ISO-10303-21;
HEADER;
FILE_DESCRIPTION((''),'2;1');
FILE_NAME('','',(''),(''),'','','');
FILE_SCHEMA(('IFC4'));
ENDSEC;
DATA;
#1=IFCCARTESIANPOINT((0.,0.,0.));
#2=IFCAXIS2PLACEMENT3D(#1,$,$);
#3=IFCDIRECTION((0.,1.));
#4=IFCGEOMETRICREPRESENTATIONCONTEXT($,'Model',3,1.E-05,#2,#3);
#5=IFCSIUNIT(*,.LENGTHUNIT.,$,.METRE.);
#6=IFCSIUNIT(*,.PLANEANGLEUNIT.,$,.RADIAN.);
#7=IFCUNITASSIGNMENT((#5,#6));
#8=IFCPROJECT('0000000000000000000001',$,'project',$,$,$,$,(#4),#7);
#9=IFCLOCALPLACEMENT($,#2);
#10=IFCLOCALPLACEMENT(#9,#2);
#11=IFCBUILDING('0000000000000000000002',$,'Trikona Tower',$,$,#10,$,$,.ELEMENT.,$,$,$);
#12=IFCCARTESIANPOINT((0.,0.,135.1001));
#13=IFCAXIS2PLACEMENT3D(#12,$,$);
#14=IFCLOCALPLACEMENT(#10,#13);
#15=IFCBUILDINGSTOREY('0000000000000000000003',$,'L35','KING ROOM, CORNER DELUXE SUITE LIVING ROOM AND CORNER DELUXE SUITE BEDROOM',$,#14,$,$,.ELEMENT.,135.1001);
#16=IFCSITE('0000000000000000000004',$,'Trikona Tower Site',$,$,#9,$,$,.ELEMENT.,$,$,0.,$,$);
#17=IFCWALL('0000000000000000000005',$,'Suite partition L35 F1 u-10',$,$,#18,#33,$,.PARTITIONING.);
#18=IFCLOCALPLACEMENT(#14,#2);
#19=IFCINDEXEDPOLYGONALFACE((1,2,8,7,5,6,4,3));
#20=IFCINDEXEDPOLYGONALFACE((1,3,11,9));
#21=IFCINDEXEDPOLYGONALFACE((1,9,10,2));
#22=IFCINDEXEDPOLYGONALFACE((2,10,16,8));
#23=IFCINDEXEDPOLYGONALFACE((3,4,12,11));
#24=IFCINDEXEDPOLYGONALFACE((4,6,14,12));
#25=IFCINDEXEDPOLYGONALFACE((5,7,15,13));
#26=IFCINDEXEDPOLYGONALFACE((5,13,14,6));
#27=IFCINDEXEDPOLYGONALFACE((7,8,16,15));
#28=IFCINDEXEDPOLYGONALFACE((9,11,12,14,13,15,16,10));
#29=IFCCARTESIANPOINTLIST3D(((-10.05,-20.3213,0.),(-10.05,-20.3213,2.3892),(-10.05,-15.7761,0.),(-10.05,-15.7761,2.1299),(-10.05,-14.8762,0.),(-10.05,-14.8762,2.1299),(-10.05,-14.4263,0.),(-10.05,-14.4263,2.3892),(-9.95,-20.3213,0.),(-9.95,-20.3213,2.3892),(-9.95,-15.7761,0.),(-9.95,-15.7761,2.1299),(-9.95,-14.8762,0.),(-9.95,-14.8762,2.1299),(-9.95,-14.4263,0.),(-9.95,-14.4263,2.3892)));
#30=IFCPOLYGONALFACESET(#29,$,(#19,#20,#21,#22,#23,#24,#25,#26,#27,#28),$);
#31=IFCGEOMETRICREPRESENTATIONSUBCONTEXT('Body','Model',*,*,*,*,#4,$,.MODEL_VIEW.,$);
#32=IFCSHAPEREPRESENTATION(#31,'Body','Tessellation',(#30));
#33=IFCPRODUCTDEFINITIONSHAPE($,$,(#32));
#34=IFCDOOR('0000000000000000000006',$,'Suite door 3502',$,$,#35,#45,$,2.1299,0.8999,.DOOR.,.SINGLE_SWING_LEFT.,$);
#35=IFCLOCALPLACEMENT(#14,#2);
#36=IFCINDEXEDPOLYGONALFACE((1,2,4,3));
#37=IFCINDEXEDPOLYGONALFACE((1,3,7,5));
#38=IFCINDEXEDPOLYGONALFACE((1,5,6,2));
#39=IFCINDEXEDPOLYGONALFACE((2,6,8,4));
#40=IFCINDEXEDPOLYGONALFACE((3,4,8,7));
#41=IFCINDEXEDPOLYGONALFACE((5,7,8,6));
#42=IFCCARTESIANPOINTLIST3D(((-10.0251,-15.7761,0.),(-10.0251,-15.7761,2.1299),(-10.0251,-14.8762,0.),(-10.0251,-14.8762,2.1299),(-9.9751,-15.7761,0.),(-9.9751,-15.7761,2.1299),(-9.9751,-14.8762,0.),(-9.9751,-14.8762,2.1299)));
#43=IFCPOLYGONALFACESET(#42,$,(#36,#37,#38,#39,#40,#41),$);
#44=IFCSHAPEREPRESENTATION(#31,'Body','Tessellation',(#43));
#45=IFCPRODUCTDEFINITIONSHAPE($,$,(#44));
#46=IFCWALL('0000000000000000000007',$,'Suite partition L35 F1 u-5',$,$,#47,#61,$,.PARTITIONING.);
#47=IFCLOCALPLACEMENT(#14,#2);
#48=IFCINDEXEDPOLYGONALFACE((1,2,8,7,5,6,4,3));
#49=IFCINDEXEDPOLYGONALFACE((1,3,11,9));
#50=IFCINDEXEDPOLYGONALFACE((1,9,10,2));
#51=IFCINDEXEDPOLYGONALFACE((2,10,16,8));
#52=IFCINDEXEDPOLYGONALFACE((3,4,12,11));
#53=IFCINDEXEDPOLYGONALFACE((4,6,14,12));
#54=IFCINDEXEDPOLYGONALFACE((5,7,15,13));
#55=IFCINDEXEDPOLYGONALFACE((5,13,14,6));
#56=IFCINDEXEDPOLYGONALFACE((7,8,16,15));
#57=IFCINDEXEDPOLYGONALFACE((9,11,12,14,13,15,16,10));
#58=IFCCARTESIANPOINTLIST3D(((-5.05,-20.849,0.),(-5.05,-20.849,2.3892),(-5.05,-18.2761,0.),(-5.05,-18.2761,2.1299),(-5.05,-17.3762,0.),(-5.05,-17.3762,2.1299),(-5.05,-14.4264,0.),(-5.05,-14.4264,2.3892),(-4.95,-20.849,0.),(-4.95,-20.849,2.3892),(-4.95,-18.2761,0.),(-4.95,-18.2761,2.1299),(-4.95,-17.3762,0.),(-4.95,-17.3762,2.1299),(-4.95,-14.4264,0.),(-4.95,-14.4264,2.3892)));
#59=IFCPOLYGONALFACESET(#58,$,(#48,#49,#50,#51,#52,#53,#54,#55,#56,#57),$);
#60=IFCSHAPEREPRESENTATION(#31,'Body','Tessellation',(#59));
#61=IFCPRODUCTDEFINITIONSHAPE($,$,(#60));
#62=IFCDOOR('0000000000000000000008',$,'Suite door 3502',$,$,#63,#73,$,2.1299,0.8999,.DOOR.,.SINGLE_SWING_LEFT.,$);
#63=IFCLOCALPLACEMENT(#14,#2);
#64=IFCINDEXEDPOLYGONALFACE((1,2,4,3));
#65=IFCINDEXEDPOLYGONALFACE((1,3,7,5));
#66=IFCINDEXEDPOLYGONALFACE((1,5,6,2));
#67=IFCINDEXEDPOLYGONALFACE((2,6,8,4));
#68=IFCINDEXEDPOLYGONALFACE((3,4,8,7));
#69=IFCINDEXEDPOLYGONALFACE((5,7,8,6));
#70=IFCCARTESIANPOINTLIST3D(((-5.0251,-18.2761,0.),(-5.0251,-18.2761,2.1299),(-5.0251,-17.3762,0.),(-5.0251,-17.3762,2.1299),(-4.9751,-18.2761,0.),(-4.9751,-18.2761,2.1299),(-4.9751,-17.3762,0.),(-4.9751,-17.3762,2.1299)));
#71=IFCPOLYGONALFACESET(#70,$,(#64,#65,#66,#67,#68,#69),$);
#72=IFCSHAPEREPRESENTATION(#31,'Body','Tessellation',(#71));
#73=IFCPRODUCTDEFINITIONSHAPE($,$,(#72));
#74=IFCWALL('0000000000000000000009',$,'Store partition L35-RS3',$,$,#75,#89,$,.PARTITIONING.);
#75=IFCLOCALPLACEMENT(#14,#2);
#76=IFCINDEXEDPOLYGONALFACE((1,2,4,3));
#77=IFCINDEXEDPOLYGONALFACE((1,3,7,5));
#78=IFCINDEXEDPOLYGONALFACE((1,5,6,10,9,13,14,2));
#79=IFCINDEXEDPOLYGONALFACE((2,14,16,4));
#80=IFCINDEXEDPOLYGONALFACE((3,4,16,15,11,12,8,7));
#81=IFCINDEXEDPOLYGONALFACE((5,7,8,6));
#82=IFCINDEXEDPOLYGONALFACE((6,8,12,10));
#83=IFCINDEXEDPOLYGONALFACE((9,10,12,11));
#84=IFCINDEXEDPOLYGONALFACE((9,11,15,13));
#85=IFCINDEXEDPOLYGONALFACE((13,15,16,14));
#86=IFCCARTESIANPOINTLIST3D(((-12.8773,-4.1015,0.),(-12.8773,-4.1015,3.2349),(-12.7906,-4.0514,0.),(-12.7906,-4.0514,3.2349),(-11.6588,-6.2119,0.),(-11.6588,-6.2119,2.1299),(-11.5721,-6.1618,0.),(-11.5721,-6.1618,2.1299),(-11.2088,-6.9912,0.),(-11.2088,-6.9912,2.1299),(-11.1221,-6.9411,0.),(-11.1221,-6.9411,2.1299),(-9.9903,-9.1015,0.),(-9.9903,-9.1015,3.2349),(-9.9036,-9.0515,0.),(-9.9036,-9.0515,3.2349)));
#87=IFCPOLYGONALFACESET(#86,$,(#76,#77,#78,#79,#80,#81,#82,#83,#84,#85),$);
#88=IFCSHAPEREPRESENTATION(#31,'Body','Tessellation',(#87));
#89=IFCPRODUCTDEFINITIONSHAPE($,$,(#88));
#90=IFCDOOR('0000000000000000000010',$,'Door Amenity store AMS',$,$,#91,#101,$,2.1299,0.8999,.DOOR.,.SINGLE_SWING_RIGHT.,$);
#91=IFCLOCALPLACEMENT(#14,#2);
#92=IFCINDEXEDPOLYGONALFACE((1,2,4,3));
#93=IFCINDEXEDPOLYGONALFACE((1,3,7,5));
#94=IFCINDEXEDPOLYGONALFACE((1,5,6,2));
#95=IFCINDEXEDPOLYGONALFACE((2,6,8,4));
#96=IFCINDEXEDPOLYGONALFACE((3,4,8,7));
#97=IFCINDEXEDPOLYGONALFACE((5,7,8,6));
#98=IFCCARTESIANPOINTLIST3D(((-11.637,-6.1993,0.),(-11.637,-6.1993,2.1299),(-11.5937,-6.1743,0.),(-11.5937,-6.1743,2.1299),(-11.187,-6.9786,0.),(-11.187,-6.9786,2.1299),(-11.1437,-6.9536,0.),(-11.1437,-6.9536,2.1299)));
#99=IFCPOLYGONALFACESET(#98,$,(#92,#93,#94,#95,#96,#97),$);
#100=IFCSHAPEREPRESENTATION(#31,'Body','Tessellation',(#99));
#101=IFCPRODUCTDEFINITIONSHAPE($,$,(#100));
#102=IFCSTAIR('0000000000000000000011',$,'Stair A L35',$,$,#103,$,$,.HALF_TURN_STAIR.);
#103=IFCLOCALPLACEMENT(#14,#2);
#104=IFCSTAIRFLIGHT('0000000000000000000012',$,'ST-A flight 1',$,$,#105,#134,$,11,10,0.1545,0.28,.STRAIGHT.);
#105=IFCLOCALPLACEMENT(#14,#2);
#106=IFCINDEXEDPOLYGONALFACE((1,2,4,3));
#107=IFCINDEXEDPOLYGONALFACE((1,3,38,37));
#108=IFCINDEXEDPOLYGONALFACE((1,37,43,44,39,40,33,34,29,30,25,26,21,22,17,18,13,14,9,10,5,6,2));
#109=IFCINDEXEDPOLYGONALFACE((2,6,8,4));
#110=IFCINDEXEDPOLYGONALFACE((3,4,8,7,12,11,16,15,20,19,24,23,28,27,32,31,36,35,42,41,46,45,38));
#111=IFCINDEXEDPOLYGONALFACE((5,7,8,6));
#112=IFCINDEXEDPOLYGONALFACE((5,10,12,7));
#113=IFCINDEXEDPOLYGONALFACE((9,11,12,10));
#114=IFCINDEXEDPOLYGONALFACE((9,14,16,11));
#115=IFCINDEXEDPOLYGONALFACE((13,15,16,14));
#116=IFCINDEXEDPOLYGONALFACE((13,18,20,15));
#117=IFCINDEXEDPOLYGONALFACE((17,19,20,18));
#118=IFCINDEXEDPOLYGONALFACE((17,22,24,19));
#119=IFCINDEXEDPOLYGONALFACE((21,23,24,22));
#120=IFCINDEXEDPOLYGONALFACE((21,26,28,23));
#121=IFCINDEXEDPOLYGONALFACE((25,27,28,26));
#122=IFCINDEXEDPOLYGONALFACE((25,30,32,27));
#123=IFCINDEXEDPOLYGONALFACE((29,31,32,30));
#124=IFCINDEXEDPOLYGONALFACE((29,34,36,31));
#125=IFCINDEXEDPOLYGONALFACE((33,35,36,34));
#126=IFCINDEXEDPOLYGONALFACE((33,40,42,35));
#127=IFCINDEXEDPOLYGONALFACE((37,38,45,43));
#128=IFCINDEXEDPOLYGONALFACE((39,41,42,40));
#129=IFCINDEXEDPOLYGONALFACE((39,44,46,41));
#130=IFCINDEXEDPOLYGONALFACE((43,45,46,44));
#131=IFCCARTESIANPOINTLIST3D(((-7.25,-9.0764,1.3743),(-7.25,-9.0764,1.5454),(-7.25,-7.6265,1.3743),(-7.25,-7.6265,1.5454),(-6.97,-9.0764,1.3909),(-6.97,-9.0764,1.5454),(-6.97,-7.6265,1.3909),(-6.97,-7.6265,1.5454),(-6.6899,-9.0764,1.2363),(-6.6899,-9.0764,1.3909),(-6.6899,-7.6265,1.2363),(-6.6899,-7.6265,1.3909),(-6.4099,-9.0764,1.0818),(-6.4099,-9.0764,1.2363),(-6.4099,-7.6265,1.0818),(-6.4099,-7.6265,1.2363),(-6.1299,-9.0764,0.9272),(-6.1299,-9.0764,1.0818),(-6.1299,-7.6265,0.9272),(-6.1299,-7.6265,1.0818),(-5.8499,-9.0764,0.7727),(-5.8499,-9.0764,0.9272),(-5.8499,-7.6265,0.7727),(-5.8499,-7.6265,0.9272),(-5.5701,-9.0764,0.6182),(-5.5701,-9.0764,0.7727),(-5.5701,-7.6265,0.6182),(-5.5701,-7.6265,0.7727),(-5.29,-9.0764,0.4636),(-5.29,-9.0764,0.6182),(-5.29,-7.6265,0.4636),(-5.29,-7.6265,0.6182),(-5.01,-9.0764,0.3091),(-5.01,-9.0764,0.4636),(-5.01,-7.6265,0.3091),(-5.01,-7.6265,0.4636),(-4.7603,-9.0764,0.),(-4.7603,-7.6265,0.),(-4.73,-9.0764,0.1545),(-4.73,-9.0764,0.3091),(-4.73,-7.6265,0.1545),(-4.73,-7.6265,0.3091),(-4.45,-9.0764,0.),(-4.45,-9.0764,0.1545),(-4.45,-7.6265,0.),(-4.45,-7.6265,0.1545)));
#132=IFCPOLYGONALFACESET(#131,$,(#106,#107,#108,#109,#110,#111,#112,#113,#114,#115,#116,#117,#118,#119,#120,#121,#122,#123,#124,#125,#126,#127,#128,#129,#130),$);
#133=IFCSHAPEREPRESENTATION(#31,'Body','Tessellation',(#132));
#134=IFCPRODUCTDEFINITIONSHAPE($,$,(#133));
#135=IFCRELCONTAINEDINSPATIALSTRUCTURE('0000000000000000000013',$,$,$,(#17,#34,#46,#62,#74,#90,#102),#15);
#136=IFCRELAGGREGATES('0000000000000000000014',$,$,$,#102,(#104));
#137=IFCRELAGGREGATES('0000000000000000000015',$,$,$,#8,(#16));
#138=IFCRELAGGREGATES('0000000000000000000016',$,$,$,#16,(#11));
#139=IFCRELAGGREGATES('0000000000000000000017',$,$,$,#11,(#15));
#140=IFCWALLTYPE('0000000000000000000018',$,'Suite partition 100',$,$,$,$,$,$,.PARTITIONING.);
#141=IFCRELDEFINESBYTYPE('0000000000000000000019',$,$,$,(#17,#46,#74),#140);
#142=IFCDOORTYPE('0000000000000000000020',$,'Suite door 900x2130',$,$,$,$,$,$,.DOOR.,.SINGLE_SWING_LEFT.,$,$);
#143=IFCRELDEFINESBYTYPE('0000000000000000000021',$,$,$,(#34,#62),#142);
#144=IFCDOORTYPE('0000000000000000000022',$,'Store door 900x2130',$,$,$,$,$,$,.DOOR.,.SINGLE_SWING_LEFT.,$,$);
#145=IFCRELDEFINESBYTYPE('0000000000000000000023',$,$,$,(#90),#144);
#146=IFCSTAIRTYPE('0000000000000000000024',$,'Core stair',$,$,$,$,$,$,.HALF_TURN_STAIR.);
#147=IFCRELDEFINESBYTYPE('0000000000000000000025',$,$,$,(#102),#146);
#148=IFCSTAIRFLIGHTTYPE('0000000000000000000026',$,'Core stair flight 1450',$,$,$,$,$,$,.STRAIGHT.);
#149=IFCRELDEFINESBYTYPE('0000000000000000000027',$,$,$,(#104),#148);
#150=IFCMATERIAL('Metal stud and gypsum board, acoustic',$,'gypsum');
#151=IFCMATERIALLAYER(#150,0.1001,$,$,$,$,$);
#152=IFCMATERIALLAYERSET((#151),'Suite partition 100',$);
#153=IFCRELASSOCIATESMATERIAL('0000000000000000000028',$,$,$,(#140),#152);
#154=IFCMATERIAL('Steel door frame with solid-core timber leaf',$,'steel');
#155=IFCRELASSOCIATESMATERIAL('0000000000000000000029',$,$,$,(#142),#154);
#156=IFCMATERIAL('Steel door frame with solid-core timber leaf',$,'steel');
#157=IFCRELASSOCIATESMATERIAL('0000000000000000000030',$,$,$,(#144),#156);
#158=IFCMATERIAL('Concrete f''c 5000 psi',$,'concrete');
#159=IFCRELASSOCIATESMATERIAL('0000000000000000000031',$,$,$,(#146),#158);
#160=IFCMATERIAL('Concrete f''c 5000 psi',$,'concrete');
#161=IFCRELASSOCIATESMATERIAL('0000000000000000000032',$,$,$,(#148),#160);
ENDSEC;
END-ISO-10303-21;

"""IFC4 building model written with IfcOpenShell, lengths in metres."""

from ifc_helpers import new_model, si_unit, direction, frame, frame_2d, origin, place, context, subcontext, project, spatial, polyline, rectangle, outline, extrude, material, layer, layer_set, type_object, element, fill, aggregate, save


model = new_model("IFC4")

# Units and contexts
model_context = context("Model", 3, precision=1e-05, world=origin(), true_north=direction((0.0, 1.0)))
body_context = subcontext(model_context, "Body", "Model", "MODEL_VIEW")
ifc_project = project(units=[si_unit("LENGTHUNIT", "METRE"), si_unit("PLANEANGLEUNIT", "RADIAN")], contexts=[model_context])

# Site, building, storey
site_placement = place(None, origin())
site = spatial("IfcSite", under=ifc_project, at=site_placement, Name="Trikona Tower Site", CompositionType="ELEMENT", RefElevation=0.0)
building_placement = place(site_placement, origin())
building = spatial("IfcBuilding", under=site, at=building_placement, Name="Trikona Tower", CompositionType="ELEMENT")
storey_placement = place(building_placement, frame((0.0, 0.0, 135.1001)))
storey = spatial("IfcBuildingStorey", under=building, at=storey_placement, Name="L35", Description="KING ROOM, CORNER DELUXE SUITE LIVING ROOM AND CORNER DELUXE SUITE BEDROOM", CompositionType="ELEMENT", Elevation=135.1001)

# Walls, openings, doors
ifc_material_1 = material(Name="Metal stud and gypsum board, acoustic", Category="gypsum")
ifc_layer_1 = layer(ifc_material_1, 0.1001)
ifc_layer_set_1 = layer_set([ifc_layer_1], Name="Suite partition 100")
wall_type_1 = type_object("IfcWallType", Name="Suite partition 100", PredefinedType="PARTITIONING", material=ifc_layer_set_1)
wall_1_placement = place(storey_placement, frame((-10.0, -14.4263, 0.0), z_axis=(0.0, 0.0, 1.0), x_axis=(0.0, -1.0, 0.0)))
wall_1 = element("IfcWall", 1, at=wall_1_placement, inside=storey, type_object=wall_type_1, Name="Suite partition L35 F1 u-10", PredefinedType="PARTITIONING", context=body_context, shape_type="SweptSolid", body=[
    extrude(rectangle(XDim=5.895, YDim=0.1001, at=frame_2d((2.9475, 0.0))), origin(), (0.0, 0.0, 1.0), 2.3892),
])
opening_1_placement = place(wall_1_placement, frame((0.45, 0.0, 0.0)))
opening_1 = element("IfcOpeningElement", 2, at=opening_1_placement, cuts=wall_1, PredefinedType="OPENING", context=body_context, shape_type="SweptSolid", body=[
    extrude(rectangle(XDim=0.8999, YDim=2.1299, at=frame_2d((0.45, 1.0649))), frame((0.0, 0.0601, 0.0), z_axis=(0.0, -1.0, 0.0), x_axis=(1.0, 0.0, 0.0)), (0.0, 0.0, 1.0), 0.1201),
])
ifc_material_2 = material(Name="Steel door frame with solid-core timber leaf", Category="steel")
door_type_1 = type_object("IfcDoorType", Name="Suite door 900x2130", OperationType="SINGLE_SWING_LEFT", PredefinedType="DOOR", material=ifc_material_2)
door_1_placement = place(opening_1_placement, origin())
door_1 = element("IfcDoor", 3, at=door_1_placement, inside=storey, type_object=door_type_1, Name="Suite door 3502", OperationType="SINGLE_SWING_LEFT", OverallHeight=2.1299, OverallWidth=0.8999, PredefinedType="DOOR", context=body_context, shape_type="SweptSolid", body=[
    extrude(rectangle(XDim=0.8999, YDim=2.1299, at=frame_2d((0.45, 1.0649))), frame((0.0, 0.0249, 0.0), z_axis=(0.0, -1.0, 0.0), x_axis=(1.0, 0.0, 0.0)), (0.0, 0.0, 1.0), 0.05),
])
fill(opening_1, door_1)
wall_2_placement = place(storey_placement, frame((-5.0, -14.4263, 0.0), z_axis=(0.0, 0.0, 1.0), x_axis=(0.0, -1.0, 0.0)))
wall_2 = element("IfcWall", 4, at=wall_2_placement, inside=storey, type_object=wall_type_1, Name="Suite partition L35 F1 u-5", PredefinedType="PARTITIONING", context=body_context, shape_type="SweptSolid", body=[
    extrude(rectangle(XDim=6.4226, YDim=0.1001, at=frame_2d((3.2114, 0.0))), origin(), (0.0, 0.0, 1.0), 2.3892),
])
opening_2_placement = place(wall_2_placement, frame((2.95, 0.0, 0.0)))
opening_2 = element("IfcOpeningElement", 5, at=opening_2_placement, cuts=wall_2, PredefinedType="OPENING", context=body_context, shape_type="SweptSolid", body=[
    extrude(rectangle(XDim=0.8999, YDim=2.1299, at=frame_2d((0.45, 1.0649))), frame((0.0, 0.0601, 0.0), z_axis=(0.0, -1.0, 0.0), x_axis=(1.0, 0.0, 0.0)), (0.0, 0.0, 1.0), 0.1201),
])
door_2_placement = place(opening_2_placement, origin())
door_2 = element("IfcDoor", 6, at=door_2_placement, inside=storey, type_object=door_type_1, Name="Suite door 3502", OperationType="SINGLE_SWING_LEFT", OverallHeight=2.1299, OverallWidth=0.8999, PredefinedType="DOOR", context=body_context, shape_type="SweptSolid", body=[
    extrude(rectangle(XDim=0.8999, YDim=2.1299, at=frame_2d((0.45, 1.0649))), frame((0.0, 0.0249, 0.0), z_axis=(0.0, -1.0, 0.0), x_axis=(1.0, 0.0, 0.0)), (0.0, 0.0, 1.0), 0.05),
])
fill(opening_2, door_2)
wall_3_placement = place(storey_placement, frame((-9.947, -9.0764, 0.0), z_axis=(0.0, 0.0, 1.0), x_axis=(-0.500027, 0.86601, 0.0)))
wall_3 = element("IfcWall", 7, at=wall_3_placement, inside=storey, type_object=wall_type_1, Name="Store partition L35-RS3", PredefinedType="PARTITIONING", context=body_context, shape_type="SweptSolid", body=[
    extrude(rectangle(XDim=5.7737, YDim=0.1001, at=frame_2d((2.8867, 0.0))), origin(), (0.0, 0.0, 1.0), 3.2349),
])
opening_3_placement = place(wall_3_placement, frame((2.4368, 0.0, 0.0)))
opening_3 = element("IfcOpeningElement", 8, at=opening_3_placement, cuts=wall_3, PredefinedType="OPENING", context=body_context, shape_type="SweptSolid", body=[
    extrude(rectangle(XDim=0.8999, YDim=2.1299, at=frame_2d((0.45, 1.0649))), frame((0.0, 0.0601, 0.0), z_axis=(0.0, -1.0, 0.0), x_axis=(1.0, 0.0, 0.0)), (0.0, 0.0, 1.0), 0.1201),
])
ifc_material_3 = material(Name="Steel door frame with solid-core timber leaf", Category="steel")
door_type_2 = type_object("IfcDoorType", Name="Store door 900x2130", OperationType="SINGLE_SWING_LEFT", PredefinedType="DOOR", material=ifc_material_3)
door_3_placement = place(opening_3_placement, origin())
door_3 = element("IfcDoor", 9, at=door_3_placement, inside=storey, type_object=door_type_2, Name="Door Amenity store AMS", OperationType="SINGLE_SWING_RIGHT", OverallHeight=2.1299, OverallWidth=0.8999, PredefinedType="DOOR", context=body_context, shape_type="SweptSolid", body=[
    extrude(rectangle(XDim=0.8999, YDim=2.1299, at=frame_2d((0.45, 1.0649))), frame((0.0, 0.0249, 0.0), z_axis=(0.0, -1.0, 0.0), x_axis=(1.0, 0.0, 0.0)), (0.0, 0.0, 1.0), 0.05),
])
fill(opening_3, door_3)

# Stair, stair flight
ifc_material_4 = material(Name="Concrete f'c 5000 psi", Category="concrete")
stair_type = type_object("IfcStairType", Name="Core stair", PredefinedType="HALF_TURN_STAIR", material=ifc_material_4)
stair_placement = place(storey_placement, origin())
stair = element("IfcStair", 10, at=stair_placement, inside=storey, type_object=stair_type, Name="Stair A L35", PredefinedType="HALF_TURN_STAIR")
ifc_material_5 = material(Name="Concrete f'c 5000 psi", Category="concrete")
stair_flight_type = type_object("IfcStairFlightType", Name="Core stair flight 1450", PredefinedType="STRAIGHT", material=ifc_material_5)
stair_flight_placement = place(storey_placement, frame((-4.45, -8.3513, 0.0), z_axis=(0.0, 0.0, 1.0), x_axis=(-1.0, 0.0, 0.0)))
stair_flight = element("IfcStairFlight", 11, at=stair_flight_placement, type_object=stair_flight_type, Name="ST-A flight 1", NumberOfRisers=11, NumberOfTreads=10, PredefinedType="STRAIGHT", RiserHeight=0.1545, TreadLength=0.28, context=body_context, shape_type="SweptSolid", body=[
    extrude(outline(polyline([(0.0, 0.0), (0.0, 0.1545), (0.28, 0.1545), (0.28, 0.3091), (0.5601, 0.3091), (0.5601, 0.4636), (0.8401, 0.4636), (0.8401, 0.6182), (1.1201, 0.6182), (1.1201, 0.7727), (1.3999, 0.7727), (1.3999, 0.9272), (1.6799, 0.9272), (1.6799, 1.0818), (1.96, 1.0818), (1.96, 1.2363), (2.24, 1.2363), (2.24, 1.3909), (2.52, 1.3909), (2.52, 1.5454), (2.8, 1.5454), (2.8, 1.7), (2.8, 1.3743), (0.3103, 0.0), (0.0, 0.0)])), frame((0.0, 0.7251, 0.0), z_axis=(0.0, -1.0, 0.0), x_axis=(1.0, 0.0, 0.0)), (0.0, 0.0, 1.0), 1.45),
])
aggregate(stair, [stair_flight])

save(model, "model.ifc")
